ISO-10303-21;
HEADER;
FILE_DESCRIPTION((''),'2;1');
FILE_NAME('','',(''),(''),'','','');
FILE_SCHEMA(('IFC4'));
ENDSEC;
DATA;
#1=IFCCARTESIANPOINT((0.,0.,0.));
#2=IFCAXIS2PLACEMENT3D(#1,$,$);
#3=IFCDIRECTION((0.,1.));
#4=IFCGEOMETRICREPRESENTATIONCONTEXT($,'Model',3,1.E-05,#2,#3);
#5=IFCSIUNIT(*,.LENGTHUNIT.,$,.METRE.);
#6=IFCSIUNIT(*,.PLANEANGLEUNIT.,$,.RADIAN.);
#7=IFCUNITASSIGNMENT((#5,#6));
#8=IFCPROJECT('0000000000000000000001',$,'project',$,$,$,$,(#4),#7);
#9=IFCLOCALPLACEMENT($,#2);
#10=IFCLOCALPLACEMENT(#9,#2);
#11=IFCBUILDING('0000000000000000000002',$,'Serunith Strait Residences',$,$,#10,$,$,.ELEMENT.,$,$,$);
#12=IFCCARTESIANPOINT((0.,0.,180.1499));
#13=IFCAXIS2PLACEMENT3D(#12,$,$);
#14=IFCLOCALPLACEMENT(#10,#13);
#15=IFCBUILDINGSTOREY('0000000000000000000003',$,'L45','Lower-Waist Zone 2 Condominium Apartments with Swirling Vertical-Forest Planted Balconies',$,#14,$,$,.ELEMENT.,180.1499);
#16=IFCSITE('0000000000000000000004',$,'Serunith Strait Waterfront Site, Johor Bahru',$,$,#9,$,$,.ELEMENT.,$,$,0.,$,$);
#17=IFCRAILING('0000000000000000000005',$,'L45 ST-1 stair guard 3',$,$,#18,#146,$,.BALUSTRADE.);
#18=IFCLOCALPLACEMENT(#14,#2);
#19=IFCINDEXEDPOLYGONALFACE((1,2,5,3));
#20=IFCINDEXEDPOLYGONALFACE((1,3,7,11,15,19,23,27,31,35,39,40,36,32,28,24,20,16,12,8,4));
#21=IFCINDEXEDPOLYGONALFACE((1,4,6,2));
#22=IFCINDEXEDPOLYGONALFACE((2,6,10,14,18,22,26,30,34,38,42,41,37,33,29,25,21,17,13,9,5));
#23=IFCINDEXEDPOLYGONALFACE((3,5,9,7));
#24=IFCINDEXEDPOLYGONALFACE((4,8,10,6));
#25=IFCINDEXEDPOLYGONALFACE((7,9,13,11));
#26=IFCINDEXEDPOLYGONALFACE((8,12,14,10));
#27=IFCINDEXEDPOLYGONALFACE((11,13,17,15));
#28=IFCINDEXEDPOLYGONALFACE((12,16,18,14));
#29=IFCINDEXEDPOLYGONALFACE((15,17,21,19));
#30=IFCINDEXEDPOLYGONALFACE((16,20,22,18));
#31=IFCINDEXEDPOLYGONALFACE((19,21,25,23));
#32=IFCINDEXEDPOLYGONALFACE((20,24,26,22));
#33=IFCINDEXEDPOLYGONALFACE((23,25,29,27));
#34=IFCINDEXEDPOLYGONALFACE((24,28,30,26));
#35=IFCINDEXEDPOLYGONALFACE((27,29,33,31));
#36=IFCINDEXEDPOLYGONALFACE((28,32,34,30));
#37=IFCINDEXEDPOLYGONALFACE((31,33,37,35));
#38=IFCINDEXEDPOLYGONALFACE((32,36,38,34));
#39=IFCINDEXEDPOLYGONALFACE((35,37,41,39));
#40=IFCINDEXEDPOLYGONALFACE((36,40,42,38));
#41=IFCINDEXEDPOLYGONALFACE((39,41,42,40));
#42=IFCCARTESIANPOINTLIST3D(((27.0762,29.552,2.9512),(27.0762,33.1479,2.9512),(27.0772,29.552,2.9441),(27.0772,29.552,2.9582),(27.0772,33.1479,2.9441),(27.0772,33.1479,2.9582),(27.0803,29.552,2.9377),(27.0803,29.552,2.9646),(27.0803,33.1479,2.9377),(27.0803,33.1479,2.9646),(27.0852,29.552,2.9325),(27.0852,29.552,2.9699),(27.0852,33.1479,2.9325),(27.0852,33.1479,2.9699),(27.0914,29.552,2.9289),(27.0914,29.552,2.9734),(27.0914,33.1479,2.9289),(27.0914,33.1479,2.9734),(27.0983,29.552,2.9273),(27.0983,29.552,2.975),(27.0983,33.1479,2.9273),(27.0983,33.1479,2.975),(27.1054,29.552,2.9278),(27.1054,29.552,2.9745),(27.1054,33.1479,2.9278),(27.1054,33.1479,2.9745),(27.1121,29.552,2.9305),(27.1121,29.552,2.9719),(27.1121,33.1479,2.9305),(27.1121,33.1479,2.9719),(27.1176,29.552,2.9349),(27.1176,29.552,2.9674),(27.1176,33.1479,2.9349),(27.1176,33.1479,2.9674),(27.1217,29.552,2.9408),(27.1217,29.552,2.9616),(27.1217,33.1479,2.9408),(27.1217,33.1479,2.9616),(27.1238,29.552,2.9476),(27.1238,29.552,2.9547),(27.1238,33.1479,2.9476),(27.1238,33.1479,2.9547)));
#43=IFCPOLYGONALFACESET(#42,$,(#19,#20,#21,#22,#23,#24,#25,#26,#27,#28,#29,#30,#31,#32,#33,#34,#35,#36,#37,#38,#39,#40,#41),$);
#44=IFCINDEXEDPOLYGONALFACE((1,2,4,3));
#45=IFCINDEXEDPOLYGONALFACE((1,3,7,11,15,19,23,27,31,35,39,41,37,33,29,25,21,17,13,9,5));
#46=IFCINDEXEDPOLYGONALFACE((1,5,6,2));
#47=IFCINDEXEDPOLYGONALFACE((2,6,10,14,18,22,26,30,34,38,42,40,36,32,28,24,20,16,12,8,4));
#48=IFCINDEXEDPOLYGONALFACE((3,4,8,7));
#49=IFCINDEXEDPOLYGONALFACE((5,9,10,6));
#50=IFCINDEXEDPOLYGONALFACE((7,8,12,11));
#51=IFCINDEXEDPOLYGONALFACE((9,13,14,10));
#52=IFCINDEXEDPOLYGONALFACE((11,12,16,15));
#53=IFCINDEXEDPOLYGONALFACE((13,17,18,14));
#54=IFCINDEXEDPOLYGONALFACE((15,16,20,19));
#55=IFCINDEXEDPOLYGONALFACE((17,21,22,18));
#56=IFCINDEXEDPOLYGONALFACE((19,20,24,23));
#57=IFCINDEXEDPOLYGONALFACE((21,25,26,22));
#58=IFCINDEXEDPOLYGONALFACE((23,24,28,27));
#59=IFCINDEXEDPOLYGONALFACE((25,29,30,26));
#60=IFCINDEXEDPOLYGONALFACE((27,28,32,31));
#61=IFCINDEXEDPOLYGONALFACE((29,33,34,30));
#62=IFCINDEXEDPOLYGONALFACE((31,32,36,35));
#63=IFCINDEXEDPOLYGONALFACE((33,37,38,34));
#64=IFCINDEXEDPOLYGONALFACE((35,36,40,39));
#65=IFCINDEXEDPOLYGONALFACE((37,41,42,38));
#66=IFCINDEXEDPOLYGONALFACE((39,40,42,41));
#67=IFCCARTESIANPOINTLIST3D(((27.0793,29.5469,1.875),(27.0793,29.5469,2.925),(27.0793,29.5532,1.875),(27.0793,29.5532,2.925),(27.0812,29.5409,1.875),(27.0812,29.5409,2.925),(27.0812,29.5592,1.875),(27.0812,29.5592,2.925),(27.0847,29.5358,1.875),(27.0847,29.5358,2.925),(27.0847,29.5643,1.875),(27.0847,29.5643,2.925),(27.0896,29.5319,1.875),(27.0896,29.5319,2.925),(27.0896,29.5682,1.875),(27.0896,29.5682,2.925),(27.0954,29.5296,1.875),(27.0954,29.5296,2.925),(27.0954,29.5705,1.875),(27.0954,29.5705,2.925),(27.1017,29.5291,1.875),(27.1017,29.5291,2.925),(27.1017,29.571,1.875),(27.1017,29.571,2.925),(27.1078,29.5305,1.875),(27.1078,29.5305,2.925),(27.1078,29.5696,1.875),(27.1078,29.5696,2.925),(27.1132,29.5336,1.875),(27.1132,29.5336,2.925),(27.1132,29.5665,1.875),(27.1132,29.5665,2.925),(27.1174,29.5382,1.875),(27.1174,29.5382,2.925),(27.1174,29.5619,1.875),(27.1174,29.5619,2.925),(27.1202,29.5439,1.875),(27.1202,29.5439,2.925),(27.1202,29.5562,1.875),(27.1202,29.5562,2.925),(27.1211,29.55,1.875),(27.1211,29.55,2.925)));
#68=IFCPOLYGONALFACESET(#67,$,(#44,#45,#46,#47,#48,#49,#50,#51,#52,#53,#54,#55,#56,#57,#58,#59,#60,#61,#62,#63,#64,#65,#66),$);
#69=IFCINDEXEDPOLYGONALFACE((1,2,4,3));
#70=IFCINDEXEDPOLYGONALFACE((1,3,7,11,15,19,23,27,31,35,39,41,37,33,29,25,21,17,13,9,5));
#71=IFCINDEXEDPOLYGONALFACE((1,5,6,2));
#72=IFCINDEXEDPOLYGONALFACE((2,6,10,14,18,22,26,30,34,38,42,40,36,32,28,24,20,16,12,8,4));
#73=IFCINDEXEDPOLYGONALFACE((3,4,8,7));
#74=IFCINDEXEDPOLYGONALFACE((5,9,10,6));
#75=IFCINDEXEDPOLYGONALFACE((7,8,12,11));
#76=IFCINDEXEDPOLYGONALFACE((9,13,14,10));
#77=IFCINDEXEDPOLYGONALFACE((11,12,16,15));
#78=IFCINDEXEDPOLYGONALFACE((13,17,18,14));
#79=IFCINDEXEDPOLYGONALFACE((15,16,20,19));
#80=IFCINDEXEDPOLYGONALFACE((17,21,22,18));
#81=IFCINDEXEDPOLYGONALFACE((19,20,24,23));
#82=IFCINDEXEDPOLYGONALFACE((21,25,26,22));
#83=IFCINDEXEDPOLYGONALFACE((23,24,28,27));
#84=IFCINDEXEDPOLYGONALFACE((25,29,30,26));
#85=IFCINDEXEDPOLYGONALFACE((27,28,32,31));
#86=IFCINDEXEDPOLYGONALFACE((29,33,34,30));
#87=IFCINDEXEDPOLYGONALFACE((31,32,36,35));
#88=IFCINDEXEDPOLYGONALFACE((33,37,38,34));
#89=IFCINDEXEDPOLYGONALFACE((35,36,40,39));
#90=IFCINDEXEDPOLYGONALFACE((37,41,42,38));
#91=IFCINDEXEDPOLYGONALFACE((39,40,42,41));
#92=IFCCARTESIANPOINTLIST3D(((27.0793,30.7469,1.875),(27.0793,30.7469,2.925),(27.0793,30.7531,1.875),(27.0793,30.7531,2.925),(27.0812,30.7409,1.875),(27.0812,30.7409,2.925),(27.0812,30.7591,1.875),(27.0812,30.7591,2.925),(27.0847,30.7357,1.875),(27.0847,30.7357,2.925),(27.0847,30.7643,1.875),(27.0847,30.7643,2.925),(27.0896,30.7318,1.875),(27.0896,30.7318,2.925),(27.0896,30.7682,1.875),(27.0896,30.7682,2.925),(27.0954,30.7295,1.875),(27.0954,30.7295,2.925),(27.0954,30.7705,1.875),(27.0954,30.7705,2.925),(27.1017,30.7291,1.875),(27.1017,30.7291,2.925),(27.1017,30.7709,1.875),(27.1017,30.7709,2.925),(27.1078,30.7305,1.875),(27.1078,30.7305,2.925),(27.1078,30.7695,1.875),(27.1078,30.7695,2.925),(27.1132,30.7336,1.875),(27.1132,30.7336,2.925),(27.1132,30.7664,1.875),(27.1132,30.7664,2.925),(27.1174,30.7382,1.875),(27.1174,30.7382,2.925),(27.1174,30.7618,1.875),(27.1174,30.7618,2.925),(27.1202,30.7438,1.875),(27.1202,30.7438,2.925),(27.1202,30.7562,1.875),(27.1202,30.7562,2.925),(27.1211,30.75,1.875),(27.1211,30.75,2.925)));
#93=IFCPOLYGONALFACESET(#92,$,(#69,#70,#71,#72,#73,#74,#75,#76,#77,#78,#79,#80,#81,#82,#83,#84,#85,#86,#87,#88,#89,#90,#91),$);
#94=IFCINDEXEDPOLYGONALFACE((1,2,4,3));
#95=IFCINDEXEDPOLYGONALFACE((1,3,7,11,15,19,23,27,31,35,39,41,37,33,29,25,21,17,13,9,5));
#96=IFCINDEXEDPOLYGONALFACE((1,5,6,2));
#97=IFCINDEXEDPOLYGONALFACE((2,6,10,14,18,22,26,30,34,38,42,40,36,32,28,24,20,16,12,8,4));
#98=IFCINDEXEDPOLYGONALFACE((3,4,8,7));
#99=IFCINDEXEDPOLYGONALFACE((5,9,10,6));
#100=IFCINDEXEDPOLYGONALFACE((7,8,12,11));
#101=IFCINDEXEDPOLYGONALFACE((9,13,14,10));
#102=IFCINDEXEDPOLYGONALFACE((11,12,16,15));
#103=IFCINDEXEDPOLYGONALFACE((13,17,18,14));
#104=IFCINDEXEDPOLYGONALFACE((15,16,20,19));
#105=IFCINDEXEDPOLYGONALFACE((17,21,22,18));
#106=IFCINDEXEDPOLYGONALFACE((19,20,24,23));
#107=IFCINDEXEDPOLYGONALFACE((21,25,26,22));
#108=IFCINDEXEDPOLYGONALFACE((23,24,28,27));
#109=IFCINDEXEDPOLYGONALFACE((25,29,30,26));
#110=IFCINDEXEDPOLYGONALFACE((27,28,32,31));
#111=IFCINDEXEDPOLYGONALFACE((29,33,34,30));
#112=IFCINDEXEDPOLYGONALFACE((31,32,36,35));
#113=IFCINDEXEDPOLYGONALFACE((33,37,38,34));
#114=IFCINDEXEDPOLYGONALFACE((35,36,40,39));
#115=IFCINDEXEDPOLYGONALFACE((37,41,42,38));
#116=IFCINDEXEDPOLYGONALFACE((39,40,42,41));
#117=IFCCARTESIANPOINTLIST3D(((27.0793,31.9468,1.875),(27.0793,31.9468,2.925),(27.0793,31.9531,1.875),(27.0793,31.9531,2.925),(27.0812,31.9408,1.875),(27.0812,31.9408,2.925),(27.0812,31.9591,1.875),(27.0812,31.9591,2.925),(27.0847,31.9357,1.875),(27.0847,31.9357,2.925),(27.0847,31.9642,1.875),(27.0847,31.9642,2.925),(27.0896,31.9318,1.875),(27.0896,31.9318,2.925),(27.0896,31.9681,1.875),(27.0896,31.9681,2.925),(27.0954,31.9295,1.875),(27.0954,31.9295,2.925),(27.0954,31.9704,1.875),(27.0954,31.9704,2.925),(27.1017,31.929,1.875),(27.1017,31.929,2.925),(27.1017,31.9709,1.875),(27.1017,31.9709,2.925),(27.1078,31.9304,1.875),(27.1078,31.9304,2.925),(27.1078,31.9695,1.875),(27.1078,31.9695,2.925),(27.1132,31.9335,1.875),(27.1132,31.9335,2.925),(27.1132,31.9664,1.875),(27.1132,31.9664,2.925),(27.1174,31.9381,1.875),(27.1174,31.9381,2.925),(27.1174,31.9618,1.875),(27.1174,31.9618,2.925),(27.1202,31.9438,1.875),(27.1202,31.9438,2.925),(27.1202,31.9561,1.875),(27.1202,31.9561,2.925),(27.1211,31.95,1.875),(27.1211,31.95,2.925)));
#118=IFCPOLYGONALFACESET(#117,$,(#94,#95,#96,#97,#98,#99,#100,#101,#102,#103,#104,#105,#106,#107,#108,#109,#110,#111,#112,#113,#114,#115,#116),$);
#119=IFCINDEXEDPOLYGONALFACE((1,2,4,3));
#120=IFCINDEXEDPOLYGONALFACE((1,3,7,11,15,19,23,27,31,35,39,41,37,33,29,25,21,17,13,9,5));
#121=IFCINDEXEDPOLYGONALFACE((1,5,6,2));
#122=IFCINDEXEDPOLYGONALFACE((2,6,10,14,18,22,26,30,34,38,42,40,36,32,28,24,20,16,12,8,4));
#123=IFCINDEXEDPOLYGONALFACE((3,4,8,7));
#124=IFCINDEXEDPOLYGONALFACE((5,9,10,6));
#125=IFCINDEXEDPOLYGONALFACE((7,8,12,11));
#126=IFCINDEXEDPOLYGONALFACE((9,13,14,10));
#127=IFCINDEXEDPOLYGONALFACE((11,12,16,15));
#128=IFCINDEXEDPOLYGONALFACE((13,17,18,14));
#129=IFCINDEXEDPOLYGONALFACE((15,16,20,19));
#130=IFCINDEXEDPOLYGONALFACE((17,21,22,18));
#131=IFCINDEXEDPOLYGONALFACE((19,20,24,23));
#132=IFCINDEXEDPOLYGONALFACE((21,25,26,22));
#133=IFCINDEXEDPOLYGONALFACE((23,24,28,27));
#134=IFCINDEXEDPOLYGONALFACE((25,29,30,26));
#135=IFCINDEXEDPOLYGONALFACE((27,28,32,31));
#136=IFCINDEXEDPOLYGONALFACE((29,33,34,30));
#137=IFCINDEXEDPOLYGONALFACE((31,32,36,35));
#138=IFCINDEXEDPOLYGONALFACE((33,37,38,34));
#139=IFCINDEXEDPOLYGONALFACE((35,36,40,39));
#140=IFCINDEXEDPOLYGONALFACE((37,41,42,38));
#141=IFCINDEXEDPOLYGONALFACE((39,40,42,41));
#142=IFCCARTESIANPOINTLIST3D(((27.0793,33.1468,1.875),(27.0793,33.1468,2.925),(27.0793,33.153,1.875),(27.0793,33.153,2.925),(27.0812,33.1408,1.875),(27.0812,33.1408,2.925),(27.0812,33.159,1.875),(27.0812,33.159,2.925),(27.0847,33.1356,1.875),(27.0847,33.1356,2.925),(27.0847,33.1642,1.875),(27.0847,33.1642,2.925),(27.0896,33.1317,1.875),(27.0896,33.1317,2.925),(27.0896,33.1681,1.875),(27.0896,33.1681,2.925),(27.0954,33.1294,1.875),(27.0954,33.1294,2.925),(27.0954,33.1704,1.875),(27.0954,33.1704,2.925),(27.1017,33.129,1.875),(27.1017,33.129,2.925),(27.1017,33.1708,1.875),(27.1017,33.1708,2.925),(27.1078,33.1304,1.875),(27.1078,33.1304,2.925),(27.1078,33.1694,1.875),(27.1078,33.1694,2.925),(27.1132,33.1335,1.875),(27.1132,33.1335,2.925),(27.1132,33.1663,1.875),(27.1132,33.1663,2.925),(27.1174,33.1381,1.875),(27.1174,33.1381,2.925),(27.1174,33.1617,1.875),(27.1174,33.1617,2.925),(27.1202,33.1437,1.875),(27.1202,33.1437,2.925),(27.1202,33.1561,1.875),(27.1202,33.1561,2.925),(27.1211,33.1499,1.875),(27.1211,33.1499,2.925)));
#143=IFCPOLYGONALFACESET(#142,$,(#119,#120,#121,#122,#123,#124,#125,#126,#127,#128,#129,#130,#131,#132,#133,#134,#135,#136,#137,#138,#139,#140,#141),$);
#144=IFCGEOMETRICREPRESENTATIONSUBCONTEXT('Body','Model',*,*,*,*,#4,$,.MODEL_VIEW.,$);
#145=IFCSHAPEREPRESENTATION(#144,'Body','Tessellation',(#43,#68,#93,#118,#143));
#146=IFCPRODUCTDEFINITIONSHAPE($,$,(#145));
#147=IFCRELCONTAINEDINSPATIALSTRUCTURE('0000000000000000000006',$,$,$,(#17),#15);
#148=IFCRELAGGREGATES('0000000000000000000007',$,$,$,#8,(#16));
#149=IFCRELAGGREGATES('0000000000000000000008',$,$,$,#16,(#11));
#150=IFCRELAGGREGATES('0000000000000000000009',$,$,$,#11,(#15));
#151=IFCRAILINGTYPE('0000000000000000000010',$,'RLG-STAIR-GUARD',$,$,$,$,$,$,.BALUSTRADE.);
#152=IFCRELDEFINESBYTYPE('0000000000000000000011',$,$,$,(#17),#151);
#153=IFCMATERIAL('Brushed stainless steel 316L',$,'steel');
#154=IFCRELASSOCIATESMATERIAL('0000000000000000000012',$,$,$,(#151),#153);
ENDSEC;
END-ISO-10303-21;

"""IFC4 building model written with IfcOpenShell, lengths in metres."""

from ifc_helpers import new_model, si_unit, direction, frame, origin, origin_2d, place, context, subcontext, project, spatial, circle, extrude, material, type_object, element, save


model = new_model("IFC4")

# Units and contexts
model_context = context("Model", 3, precision=1e-05, world=origin(), true_north=direction((0.0, 1.0)))
body_context = subcontext(model_context, "Body", "Model", "MODEL_VIEW")
ifc_project = project(units=[si_unit("LENGTHUNIT", "METRE"), si_unit("PLANEANGLEUNIT", "RADIAN")], contexts=[model_context])

# Site, building, storey
site_placement = place(None, origin())
site = spatial("IfcSite", under=ifc_project, at=site_placement, Name="Serunith Strait Waterfront Site, Johor Bahru", CompositionType="ELEMENT", RefElevation=0.0)
building_placement = place(site_placement, origin())
building = spatial("IfcBuilding", under=site, at=building_placement, Name="Serunith Strait Residences", CompositionType="ELEMENT")
storey_placement = place(building_placement, frame((0.0, 0.0, 180.1499)))
storey = spatial("IfcBuildingStorey", under=building, at=storey_placement, Name="L45", Description="Lower-Waist Zone 2 Condominium Apartments with Swirling Vertical-Forest Planted Balconies", CompositionType="ELEMENT", Elevation=180.1499)

# Railing
ifc_material_1 = material(Name="Brushed stainless steel 316L", Category="steel")
railing_type_1 = type_object("IfcRailingType", Name="RLG-STAIR-GUARD", PredefinedType="BALUSTRADE", material=ifc_material_1)
for number, where, name in (
    (1, (27.1001, 29.55, 1.875), "L45 ST-1 stair guard 3"),
):
    element("IfcRailing", number, at=place(storey_placement, frame(where)), inside=storey, type_object=railing_type_1, Name=name, PredefinedType="BALUSTRADE", context=body_context, shape_type="SweptSolid", body=[
        extrude(circle(Radius=0.0239, at=origin_2d()), frame((0.0, 0.002, 1.0762), z_axis=(0.0, 1.0, 0.0), x_axis=(-1.0, 0.0, 0.0)), (0.0, 0.0, 1.0), 3.5959),
        extrude(circle(Radius=0.021, at=origin_2d()), origin(), (0.0, 0.0, 1.0), 1.05),
        extrude(circle(Radius=0.021, at=origin_2d()), frame((0.0, 1.2, 0.0)), (0.0, 0.0, 1.0), 1.05),
        extrude(circle(Radius=0.021, at=origin_2d()), frame((0.0, 2.3999, 0.0)), (0.0, 0.0, 1.0), 1.05),
        extrude(circle(Radius=0.021, at=origin_2d()), frame((0.0, 3.5999, 0.0)), (0.0, 0.0, 1.0), 1.05),
    ])

save(model, "model.ifc")
